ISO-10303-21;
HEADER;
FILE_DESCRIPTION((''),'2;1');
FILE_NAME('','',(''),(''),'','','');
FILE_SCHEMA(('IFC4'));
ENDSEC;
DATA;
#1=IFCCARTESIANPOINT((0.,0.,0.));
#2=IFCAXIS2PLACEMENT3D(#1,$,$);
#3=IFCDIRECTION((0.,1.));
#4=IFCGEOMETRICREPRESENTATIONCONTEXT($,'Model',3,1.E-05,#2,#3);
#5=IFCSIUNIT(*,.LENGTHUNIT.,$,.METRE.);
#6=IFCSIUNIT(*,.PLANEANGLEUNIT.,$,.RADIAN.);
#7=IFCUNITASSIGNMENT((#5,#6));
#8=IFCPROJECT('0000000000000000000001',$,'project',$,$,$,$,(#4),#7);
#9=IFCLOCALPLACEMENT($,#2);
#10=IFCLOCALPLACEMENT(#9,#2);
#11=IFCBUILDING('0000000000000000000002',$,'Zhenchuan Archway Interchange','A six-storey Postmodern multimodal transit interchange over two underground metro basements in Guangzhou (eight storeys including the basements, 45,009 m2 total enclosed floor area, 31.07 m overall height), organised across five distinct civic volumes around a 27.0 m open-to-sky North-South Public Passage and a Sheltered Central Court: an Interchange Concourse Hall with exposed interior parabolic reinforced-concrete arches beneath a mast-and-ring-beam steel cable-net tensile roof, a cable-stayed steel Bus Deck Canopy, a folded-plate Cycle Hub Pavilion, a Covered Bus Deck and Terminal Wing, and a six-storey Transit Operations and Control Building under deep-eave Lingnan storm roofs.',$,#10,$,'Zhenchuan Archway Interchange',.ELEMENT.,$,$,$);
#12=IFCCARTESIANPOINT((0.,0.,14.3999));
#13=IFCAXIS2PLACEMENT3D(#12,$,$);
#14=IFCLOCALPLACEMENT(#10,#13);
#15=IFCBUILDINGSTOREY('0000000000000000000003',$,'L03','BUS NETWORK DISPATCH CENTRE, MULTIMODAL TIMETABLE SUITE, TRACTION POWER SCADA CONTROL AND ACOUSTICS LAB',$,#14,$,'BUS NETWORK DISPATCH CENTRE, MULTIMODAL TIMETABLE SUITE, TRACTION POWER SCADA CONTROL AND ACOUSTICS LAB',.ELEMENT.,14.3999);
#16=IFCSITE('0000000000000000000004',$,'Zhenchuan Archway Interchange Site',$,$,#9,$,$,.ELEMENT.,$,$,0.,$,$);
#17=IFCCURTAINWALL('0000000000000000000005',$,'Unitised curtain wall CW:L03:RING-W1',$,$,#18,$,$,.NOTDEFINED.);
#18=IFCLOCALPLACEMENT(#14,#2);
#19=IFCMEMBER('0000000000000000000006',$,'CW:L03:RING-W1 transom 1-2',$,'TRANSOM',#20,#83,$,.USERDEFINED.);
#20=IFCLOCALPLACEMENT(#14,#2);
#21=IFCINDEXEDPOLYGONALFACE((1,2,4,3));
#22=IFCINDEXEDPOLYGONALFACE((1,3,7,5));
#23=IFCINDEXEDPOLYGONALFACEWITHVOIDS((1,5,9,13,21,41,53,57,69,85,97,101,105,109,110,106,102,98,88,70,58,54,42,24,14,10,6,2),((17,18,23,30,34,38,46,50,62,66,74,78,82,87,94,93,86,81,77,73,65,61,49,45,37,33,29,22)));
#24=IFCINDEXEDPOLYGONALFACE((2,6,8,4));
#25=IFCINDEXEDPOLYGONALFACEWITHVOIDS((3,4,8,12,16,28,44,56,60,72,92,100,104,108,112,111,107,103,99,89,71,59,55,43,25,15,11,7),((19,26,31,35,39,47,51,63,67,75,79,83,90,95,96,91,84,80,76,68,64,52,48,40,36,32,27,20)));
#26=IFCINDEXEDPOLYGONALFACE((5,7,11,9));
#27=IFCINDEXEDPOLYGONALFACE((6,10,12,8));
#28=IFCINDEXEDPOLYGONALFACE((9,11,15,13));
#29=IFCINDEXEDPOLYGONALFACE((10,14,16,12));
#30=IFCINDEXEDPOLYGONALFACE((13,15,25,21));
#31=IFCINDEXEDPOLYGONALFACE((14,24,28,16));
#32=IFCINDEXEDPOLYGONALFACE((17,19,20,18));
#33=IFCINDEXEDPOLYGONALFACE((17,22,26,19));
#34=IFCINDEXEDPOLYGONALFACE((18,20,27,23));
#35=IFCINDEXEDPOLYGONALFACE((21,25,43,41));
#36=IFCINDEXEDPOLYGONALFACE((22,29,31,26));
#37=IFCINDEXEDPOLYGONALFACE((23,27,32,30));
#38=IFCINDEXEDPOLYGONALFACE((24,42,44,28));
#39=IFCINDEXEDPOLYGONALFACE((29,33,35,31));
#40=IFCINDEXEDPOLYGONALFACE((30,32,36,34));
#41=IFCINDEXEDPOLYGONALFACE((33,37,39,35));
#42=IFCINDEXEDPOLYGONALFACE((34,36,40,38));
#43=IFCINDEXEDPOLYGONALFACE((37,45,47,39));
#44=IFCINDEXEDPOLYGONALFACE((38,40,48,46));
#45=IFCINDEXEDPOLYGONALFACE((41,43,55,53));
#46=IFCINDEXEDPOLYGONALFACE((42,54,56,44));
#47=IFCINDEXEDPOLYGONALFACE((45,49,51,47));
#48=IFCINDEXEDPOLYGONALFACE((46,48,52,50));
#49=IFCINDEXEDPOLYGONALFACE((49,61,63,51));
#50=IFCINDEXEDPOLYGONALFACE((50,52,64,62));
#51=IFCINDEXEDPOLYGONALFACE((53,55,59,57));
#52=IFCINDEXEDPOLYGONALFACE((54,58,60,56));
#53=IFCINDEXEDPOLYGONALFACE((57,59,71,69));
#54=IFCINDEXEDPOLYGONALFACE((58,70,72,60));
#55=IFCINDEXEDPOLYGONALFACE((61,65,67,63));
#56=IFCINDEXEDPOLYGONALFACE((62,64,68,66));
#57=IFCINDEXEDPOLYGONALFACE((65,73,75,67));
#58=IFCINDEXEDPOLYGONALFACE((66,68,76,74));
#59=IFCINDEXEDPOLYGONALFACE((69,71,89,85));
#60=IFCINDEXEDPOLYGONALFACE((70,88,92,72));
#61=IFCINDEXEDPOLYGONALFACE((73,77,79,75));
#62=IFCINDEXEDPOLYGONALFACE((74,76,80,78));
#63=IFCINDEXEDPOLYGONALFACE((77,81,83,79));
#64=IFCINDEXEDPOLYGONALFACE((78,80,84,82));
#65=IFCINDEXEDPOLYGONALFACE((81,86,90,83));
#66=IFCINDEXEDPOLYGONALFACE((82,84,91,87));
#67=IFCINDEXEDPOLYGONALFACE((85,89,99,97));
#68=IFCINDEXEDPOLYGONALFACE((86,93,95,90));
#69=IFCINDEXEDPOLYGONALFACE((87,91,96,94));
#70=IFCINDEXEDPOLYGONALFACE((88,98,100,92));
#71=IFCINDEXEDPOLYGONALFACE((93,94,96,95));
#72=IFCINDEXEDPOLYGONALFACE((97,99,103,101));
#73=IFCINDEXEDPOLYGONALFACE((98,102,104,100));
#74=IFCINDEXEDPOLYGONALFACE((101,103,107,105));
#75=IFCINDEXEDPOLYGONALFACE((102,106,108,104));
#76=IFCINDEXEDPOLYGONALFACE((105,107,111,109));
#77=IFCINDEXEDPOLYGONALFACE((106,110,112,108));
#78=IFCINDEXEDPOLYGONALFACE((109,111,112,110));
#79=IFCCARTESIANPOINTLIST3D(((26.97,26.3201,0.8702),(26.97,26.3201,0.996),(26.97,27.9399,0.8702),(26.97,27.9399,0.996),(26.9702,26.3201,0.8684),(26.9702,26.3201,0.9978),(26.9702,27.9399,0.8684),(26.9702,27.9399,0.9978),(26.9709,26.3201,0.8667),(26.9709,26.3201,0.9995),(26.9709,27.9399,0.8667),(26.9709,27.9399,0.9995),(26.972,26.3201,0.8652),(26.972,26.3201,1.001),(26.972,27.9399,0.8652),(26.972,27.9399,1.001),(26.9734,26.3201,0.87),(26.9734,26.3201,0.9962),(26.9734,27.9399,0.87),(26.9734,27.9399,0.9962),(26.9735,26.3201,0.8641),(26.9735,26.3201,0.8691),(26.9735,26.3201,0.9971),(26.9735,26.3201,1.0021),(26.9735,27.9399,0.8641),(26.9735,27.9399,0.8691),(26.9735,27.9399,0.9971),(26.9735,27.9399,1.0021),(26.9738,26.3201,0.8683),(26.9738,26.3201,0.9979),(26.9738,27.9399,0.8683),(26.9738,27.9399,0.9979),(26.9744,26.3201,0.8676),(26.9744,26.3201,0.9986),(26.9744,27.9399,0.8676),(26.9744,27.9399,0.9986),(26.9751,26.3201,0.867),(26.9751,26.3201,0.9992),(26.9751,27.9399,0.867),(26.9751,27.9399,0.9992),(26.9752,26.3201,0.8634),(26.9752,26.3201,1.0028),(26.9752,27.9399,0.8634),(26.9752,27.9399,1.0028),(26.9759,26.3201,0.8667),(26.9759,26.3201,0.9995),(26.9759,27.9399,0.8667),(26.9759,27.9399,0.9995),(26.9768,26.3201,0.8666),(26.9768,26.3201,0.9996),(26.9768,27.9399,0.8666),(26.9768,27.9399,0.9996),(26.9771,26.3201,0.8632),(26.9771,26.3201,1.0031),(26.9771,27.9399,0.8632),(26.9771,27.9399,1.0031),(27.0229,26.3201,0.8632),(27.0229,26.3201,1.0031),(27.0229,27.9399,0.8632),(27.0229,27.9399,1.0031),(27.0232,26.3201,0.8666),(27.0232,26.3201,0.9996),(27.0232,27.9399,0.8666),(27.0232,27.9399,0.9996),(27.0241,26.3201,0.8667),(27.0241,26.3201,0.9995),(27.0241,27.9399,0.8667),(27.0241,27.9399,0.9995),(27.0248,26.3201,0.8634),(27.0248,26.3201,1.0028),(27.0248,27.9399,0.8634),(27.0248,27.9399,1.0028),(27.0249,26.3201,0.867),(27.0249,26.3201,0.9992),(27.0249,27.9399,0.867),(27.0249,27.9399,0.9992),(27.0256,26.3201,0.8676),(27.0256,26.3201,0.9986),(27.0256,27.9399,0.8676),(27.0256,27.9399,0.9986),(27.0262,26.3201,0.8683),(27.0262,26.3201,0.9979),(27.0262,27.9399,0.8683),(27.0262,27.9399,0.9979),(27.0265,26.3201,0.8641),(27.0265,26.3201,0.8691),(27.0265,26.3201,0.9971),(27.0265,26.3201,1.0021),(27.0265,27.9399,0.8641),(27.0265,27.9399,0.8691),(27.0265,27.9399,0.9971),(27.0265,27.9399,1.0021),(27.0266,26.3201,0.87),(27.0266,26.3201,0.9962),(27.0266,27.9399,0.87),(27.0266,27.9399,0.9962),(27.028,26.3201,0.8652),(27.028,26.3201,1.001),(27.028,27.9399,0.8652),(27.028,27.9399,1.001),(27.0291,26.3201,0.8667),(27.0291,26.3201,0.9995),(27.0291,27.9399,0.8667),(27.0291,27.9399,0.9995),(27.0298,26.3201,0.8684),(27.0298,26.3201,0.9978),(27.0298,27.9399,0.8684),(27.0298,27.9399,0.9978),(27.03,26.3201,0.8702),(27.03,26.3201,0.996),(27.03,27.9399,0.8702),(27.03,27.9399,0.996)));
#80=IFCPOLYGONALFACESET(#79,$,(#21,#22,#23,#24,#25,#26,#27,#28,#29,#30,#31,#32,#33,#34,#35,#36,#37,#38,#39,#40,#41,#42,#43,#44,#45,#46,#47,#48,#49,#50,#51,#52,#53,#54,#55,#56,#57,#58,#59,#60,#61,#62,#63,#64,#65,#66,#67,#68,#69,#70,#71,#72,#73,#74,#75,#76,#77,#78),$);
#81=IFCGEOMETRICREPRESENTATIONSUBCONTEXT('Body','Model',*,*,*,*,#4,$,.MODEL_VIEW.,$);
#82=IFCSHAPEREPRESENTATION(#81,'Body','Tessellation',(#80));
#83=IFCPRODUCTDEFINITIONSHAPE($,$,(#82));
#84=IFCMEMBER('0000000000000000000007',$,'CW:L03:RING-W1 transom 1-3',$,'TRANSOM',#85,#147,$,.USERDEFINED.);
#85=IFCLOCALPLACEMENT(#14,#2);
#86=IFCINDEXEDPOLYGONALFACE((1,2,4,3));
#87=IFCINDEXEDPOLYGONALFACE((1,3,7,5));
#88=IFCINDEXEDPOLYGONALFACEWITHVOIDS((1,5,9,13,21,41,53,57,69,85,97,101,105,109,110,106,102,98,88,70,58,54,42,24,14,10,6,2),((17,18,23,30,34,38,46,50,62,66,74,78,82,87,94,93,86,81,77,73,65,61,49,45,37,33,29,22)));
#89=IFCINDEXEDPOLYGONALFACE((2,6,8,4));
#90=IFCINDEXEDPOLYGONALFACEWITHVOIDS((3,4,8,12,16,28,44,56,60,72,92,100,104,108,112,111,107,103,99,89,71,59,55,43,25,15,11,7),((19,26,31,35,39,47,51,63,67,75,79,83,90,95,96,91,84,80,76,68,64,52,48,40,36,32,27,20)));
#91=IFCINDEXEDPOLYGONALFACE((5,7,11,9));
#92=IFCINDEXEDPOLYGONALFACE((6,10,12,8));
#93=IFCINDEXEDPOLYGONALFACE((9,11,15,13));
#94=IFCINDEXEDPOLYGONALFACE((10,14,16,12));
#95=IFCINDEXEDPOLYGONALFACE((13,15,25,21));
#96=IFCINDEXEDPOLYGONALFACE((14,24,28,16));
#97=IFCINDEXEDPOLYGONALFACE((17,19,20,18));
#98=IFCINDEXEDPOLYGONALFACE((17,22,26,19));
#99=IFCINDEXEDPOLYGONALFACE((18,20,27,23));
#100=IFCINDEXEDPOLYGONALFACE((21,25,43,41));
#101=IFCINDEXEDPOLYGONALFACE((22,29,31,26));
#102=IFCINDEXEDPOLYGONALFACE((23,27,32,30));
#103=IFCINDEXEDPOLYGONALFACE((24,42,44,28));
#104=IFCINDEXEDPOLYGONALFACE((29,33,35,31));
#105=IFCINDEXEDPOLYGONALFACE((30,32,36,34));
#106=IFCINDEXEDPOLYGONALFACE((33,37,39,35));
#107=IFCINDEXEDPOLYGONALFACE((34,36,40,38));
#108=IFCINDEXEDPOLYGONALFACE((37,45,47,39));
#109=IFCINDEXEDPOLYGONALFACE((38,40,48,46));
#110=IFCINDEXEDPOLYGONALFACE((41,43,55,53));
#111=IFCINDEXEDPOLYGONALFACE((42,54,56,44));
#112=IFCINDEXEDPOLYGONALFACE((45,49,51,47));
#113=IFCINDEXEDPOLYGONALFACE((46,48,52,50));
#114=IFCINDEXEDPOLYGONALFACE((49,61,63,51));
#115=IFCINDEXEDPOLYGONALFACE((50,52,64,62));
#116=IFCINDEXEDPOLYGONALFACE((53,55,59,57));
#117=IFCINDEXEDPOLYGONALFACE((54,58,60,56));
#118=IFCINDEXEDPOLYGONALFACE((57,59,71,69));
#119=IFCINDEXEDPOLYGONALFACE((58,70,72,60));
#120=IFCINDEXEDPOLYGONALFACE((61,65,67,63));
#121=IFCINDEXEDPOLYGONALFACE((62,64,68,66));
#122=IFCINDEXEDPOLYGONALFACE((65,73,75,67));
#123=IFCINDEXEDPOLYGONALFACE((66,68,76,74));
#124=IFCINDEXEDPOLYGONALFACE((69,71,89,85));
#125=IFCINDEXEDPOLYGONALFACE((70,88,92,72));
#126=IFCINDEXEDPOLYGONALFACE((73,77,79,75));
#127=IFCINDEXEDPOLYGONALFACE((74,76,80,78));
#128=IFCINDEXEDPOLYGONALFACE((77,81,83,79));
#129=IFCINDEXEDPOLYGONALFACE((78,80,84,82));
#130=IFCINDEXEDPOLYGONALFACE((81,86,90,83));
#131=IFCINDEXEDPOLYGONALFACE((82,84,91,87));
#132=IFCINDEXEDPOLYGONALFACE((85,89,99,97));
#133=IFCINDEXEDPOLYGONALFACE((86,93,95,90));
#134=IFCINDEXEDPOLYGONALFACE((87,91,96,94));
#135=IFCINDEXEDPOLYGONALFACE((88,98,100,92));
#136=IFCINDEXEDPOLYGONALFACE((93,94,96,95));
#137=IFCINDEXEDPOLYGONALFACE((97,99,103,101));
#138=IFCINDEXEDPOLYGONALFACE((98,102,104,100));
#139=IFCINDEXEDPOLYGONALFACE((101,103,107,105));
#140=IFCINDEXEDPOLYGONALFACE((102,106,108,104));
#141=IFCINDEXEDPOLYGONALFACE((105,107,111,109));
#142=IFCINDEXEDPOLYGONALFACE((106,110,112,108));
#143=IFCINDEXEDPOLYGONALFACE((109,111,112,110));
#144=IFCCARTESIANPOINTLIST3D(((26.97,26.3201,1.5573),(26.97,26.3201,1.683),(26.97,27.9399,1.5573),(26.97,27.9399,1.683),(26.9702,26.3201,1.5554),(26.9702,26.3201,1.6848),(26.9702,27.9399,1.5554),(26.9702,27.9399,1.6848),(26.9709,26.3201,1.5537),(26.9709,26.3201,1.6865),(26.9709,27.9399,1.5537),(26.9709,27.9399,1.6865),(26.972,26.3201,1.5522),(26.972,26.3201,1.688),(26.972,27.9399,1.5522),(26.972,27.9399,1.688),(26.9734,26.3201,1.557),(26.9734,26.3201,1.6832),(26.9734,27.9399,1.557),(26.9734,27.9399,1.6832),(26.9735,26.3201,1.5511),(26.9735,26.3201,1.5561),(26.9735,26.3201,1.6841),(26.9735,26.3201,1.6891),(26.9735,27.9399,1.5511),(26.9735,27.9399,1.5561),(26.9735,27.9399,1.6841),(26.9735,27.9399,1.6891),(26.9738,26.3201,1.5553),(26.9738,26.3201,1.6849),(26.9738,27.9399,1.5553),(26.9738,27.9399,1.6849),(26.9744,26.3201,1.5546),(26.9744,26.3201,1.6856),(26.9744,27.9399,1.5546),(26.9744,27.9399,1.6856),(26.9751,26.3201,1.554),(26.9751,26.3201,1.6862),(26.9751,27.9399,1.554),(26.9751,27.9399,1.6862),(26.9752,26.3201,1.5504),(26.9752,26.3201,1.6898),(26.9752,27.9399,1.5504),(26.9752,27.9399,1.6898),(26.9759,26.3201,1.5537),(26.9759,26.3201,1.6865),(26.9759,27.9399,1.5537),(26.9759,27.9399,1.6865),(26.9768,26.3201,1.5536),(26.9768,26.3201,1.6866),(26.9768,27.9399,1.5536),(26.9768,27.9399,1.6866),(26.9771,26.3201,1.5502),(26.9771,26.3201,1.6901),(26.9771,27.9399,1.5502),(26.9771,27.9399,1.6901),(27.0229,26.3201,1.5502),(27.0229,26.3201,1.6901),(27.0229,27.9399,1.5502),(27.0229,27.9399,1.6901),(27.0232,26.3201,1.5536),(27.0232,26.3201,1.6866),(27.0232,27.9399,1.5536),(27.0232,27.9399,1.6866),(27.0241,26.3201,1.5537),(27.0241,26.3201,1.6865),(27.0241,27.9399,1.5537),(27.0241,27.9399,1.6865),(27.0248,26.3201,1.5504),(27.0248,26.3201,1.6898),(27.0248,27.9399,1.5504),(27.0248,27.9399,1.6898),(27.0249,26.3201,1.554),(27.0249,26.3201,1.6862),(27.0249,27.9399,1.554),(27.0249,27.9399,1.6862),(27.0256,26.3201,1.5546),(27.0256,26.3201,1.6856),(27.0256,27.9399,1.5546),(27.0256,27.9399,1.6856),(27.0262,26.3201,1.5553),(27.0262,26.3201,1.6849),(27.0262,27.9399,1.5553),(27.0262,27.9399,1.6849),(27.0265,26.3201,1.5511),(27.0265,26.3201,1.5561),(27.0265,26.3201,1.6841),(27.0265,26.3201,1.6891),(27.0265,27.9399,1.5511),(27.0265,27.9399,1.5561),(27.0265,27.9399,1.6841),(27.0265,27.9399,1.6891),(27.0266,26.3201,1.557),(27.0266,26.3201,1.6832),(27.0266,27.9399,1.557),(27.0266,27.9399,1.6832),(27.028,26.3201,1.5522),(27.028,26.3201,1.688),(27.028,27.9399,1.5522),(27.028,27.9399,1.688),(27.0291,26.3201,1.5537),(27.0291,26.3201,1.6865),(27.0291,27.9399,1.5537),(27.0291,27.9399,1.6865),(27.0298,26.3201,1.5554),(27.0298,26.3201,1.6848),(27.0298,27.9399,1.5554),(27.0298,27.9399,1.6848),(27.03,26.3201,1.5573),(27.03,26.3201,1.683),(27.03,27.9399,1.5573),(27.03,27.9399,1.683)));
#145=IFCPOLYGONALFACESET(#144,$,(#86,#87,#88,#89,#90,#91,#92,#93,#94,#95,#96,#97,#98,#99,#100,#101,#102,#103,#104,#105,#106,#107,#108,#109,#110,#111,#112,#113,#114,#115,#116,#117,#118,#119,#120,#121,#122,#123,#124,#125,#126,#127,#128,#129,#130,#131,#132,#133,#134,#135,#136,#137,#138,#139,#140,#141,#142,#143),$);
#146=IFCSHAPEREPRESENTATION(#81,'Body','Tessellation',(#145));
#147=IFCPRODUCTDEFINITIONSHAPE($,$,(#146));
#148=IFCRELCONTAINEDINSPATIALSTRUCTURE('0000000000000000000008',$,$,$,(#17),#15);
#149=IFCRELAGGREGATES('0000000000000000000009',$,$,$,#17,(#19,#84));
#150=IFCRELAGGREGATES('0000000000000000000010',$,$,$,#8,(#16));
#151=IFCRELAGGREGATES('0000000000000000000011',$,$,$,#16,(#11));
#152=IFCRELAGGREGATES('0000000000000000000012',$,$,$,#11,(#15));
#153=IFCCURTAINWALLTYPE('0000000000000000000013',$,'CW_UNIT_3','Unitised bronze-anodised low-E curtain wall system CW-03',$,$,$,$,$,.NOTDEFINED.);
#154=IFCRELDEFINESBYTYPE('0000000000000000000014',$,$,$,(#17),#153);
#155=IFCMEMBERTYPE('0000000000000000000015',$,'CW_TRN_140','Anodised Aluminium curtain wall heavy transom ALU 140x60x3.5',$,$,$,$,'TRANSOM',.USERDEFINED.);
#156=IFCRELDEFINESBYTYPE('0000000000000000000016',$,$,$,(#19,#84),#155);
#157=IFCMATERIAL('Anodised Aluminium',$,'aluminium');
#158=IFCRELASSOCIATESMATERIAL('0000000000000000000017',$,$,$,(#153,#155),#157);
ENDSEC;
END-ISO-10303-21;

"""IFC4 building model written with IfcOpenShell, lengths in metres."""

from ifc_helpers import new_model, si_unit, direction, frame, origin, origin_2d, place, context, subcontext, project, spatial, hollow_rectangle, extrude, material, material_profile, profile_set, type_object, element, aggregate, save


model = new_model("IFC4")

# Units and contexts
model_context = context("Model", 3, precision=1e-05, world=origin(), true_north=direction((0.0, 1.0)))
body_context = subcontext(model_context, "Body", "Model", "MODEL_VIEW")
ifc_project = project(units=[si_unit("LENGTHUNIT", "METRE"), si_unit("PLANEANGLEUNIT", "RADIAN")], contexts=[model_context])

# Site, building, storey
site_placement = place(None, origin())
site = spatial("IfcSite", under=ifc_project, at=site_placement, Name="Zhenchuan Archway Interchange Site", CompositionType="ELEMENT", RefElevation=0.0)
building_placement = place(site_placement, origin())
building = spatial("IfcBuilding", under=site, at=building_placement, Name="Zhenchuan Archway Interchange", Description="A six-storey Postmodern multimodal transit interchange over two underground metro basements in Guangzhou (eight storeys including the basements, 45,009 m2 total enclosed floor area, 31.07 m overall height), organised across five distinct civic volumes around a 27.0 m open-to-sky North-South Public Passage and a Sheltered Central Court: an Interchange Concourse Hall with exposed interior parabolic reinforced-concrete arches beneath a mast-and-ring-beam steel cable-net tensile roof, a cable-stayed steel Bus Deck Canopy, a folded-plate Cycle Hub Pavilion, a Covered Bus Deck and Terminal Wing, and a six-storey Transit Operations and Control Building under deep-eave Lingnan storm roofs.", LongName="Zhenchuan Archway Interchange", CompositionType="ELEMENT")
storey_placement = place(building_placement, frame((0.0, 0.0, 14.3999)))
storey = spatial("IfcBuildingStorey", under=building, at=storey_placement, Name="L03", Description="BUS NETWORK DISPATCH CENTRE, MULTIMODAL TIMETABLE SUITE, TRACTION POWER SCADA CONTROL AND ACOUSTICS LAB", LongName="BUS NETWORK DISPATCH CENTRE, MULTIMODAL TIMETABLE SUITE, TRACTION POWER SCADA CONTROL AND ACOUSTICS LAB", CompositionType="ELEMENT", Elevation=14.3999)

# Curtain wall
ifc_material_1 = material(Name="Anodised Aluminium", Category="aluminium")
curtain_wall_type_1 = type_object("IfcCurtainWallType", Name="CW_UNIT_3", Description="Unitised bronze-anodised low-E curtain wall system CW-03", PredefinedType="NOTDEFINED", material=ifc_material_1)
curtain_wall_1_placement = place(storey_placement, origin())
curtain_wall_1 = element("IfcCurtainWall", 1, at=curtain_wall_1_placement, inside=storey, type_object=curtain_wall_type_1, Name="Unitised curtain wall CW:L03:RING-W1", PredefinedType="NOTDEFINED")

# Members
ifc_material_profile_1 = material_profile(ifc_material_1, hollow_rectangle(XDim=0.0601, YDim=0.1399, WallThickness=0.0034, InnerFilletRadius=0.0034, OuterFilletRadius=0.0071, at=origin_2d()), Name="ALU 140x60x3.5")
ifc_profile_set_1 = profile_set([ifc_material_profile_1], Name="Anodised Aluminium")
member_type_1 = type_object("IfcMemberType", Name="CW_TRN_140", Description="Anodised Aluminium curtain wall heavy transom ALU 140x60x3.5", ElementType="TRANSOM", PredefinedType="USERDEFINED", material=ifc_profile_set_1)
member_1_placement = place(storey_placement, frame((27.0, 26.3201, 0.9331), z_axis=(0.0, 1.0, 0.0), x_axis=(-1.0, 0.0, 0.0)))
member_1 = element("IfcMember", 2, at=member_1_placement, type_object=member_type_1, Name="CW:L03:RING-W1 transom 1-2", ObjectType="TRANSOM", PredefinedType="USERDEFINED", context=body_context, shape_type="SweptSolid", body=[
    extrude(hollow_rectangle(XDim=0.0601, YDim=0.1399, WallThickness=0.0034, InnerFilletRadius=0.0034, OuterFilletRadius=0.0071, at=origin_2d()), origin(), (0.0, 0.0, 1.0), 1.6199),
])
member_2_placement = place(storey_placement, frame((27.0, 26.3201, 1.6201), z_axis=(0.0, 1.0, 0.0), x_axis=(-1.0, 0.0, 0.0)))
member_2 = element("IfcMember", 3, at=member_2_placement, type_object=member_type_1, Name="CW:L03:RING-W1 transom 1-3", ObjectType="TRANSOM", PredefinedType="USERDEFINED", context=body_context, shape_type="SweptSolid", body=[
    extrude(hollow_rectangle(XDim=0.0601, YDim=0.1399, WallThickness=0.0034, InnerFilletRadius=0.0034, OuterFilletRadius=0.0071, at=origin_2d()), origin(), (0.0, 0.0, 1.0), 1.6199),
])

aggregate(curtain_wall_1, [member_1, member_2])

save(model, "model.ifc")
